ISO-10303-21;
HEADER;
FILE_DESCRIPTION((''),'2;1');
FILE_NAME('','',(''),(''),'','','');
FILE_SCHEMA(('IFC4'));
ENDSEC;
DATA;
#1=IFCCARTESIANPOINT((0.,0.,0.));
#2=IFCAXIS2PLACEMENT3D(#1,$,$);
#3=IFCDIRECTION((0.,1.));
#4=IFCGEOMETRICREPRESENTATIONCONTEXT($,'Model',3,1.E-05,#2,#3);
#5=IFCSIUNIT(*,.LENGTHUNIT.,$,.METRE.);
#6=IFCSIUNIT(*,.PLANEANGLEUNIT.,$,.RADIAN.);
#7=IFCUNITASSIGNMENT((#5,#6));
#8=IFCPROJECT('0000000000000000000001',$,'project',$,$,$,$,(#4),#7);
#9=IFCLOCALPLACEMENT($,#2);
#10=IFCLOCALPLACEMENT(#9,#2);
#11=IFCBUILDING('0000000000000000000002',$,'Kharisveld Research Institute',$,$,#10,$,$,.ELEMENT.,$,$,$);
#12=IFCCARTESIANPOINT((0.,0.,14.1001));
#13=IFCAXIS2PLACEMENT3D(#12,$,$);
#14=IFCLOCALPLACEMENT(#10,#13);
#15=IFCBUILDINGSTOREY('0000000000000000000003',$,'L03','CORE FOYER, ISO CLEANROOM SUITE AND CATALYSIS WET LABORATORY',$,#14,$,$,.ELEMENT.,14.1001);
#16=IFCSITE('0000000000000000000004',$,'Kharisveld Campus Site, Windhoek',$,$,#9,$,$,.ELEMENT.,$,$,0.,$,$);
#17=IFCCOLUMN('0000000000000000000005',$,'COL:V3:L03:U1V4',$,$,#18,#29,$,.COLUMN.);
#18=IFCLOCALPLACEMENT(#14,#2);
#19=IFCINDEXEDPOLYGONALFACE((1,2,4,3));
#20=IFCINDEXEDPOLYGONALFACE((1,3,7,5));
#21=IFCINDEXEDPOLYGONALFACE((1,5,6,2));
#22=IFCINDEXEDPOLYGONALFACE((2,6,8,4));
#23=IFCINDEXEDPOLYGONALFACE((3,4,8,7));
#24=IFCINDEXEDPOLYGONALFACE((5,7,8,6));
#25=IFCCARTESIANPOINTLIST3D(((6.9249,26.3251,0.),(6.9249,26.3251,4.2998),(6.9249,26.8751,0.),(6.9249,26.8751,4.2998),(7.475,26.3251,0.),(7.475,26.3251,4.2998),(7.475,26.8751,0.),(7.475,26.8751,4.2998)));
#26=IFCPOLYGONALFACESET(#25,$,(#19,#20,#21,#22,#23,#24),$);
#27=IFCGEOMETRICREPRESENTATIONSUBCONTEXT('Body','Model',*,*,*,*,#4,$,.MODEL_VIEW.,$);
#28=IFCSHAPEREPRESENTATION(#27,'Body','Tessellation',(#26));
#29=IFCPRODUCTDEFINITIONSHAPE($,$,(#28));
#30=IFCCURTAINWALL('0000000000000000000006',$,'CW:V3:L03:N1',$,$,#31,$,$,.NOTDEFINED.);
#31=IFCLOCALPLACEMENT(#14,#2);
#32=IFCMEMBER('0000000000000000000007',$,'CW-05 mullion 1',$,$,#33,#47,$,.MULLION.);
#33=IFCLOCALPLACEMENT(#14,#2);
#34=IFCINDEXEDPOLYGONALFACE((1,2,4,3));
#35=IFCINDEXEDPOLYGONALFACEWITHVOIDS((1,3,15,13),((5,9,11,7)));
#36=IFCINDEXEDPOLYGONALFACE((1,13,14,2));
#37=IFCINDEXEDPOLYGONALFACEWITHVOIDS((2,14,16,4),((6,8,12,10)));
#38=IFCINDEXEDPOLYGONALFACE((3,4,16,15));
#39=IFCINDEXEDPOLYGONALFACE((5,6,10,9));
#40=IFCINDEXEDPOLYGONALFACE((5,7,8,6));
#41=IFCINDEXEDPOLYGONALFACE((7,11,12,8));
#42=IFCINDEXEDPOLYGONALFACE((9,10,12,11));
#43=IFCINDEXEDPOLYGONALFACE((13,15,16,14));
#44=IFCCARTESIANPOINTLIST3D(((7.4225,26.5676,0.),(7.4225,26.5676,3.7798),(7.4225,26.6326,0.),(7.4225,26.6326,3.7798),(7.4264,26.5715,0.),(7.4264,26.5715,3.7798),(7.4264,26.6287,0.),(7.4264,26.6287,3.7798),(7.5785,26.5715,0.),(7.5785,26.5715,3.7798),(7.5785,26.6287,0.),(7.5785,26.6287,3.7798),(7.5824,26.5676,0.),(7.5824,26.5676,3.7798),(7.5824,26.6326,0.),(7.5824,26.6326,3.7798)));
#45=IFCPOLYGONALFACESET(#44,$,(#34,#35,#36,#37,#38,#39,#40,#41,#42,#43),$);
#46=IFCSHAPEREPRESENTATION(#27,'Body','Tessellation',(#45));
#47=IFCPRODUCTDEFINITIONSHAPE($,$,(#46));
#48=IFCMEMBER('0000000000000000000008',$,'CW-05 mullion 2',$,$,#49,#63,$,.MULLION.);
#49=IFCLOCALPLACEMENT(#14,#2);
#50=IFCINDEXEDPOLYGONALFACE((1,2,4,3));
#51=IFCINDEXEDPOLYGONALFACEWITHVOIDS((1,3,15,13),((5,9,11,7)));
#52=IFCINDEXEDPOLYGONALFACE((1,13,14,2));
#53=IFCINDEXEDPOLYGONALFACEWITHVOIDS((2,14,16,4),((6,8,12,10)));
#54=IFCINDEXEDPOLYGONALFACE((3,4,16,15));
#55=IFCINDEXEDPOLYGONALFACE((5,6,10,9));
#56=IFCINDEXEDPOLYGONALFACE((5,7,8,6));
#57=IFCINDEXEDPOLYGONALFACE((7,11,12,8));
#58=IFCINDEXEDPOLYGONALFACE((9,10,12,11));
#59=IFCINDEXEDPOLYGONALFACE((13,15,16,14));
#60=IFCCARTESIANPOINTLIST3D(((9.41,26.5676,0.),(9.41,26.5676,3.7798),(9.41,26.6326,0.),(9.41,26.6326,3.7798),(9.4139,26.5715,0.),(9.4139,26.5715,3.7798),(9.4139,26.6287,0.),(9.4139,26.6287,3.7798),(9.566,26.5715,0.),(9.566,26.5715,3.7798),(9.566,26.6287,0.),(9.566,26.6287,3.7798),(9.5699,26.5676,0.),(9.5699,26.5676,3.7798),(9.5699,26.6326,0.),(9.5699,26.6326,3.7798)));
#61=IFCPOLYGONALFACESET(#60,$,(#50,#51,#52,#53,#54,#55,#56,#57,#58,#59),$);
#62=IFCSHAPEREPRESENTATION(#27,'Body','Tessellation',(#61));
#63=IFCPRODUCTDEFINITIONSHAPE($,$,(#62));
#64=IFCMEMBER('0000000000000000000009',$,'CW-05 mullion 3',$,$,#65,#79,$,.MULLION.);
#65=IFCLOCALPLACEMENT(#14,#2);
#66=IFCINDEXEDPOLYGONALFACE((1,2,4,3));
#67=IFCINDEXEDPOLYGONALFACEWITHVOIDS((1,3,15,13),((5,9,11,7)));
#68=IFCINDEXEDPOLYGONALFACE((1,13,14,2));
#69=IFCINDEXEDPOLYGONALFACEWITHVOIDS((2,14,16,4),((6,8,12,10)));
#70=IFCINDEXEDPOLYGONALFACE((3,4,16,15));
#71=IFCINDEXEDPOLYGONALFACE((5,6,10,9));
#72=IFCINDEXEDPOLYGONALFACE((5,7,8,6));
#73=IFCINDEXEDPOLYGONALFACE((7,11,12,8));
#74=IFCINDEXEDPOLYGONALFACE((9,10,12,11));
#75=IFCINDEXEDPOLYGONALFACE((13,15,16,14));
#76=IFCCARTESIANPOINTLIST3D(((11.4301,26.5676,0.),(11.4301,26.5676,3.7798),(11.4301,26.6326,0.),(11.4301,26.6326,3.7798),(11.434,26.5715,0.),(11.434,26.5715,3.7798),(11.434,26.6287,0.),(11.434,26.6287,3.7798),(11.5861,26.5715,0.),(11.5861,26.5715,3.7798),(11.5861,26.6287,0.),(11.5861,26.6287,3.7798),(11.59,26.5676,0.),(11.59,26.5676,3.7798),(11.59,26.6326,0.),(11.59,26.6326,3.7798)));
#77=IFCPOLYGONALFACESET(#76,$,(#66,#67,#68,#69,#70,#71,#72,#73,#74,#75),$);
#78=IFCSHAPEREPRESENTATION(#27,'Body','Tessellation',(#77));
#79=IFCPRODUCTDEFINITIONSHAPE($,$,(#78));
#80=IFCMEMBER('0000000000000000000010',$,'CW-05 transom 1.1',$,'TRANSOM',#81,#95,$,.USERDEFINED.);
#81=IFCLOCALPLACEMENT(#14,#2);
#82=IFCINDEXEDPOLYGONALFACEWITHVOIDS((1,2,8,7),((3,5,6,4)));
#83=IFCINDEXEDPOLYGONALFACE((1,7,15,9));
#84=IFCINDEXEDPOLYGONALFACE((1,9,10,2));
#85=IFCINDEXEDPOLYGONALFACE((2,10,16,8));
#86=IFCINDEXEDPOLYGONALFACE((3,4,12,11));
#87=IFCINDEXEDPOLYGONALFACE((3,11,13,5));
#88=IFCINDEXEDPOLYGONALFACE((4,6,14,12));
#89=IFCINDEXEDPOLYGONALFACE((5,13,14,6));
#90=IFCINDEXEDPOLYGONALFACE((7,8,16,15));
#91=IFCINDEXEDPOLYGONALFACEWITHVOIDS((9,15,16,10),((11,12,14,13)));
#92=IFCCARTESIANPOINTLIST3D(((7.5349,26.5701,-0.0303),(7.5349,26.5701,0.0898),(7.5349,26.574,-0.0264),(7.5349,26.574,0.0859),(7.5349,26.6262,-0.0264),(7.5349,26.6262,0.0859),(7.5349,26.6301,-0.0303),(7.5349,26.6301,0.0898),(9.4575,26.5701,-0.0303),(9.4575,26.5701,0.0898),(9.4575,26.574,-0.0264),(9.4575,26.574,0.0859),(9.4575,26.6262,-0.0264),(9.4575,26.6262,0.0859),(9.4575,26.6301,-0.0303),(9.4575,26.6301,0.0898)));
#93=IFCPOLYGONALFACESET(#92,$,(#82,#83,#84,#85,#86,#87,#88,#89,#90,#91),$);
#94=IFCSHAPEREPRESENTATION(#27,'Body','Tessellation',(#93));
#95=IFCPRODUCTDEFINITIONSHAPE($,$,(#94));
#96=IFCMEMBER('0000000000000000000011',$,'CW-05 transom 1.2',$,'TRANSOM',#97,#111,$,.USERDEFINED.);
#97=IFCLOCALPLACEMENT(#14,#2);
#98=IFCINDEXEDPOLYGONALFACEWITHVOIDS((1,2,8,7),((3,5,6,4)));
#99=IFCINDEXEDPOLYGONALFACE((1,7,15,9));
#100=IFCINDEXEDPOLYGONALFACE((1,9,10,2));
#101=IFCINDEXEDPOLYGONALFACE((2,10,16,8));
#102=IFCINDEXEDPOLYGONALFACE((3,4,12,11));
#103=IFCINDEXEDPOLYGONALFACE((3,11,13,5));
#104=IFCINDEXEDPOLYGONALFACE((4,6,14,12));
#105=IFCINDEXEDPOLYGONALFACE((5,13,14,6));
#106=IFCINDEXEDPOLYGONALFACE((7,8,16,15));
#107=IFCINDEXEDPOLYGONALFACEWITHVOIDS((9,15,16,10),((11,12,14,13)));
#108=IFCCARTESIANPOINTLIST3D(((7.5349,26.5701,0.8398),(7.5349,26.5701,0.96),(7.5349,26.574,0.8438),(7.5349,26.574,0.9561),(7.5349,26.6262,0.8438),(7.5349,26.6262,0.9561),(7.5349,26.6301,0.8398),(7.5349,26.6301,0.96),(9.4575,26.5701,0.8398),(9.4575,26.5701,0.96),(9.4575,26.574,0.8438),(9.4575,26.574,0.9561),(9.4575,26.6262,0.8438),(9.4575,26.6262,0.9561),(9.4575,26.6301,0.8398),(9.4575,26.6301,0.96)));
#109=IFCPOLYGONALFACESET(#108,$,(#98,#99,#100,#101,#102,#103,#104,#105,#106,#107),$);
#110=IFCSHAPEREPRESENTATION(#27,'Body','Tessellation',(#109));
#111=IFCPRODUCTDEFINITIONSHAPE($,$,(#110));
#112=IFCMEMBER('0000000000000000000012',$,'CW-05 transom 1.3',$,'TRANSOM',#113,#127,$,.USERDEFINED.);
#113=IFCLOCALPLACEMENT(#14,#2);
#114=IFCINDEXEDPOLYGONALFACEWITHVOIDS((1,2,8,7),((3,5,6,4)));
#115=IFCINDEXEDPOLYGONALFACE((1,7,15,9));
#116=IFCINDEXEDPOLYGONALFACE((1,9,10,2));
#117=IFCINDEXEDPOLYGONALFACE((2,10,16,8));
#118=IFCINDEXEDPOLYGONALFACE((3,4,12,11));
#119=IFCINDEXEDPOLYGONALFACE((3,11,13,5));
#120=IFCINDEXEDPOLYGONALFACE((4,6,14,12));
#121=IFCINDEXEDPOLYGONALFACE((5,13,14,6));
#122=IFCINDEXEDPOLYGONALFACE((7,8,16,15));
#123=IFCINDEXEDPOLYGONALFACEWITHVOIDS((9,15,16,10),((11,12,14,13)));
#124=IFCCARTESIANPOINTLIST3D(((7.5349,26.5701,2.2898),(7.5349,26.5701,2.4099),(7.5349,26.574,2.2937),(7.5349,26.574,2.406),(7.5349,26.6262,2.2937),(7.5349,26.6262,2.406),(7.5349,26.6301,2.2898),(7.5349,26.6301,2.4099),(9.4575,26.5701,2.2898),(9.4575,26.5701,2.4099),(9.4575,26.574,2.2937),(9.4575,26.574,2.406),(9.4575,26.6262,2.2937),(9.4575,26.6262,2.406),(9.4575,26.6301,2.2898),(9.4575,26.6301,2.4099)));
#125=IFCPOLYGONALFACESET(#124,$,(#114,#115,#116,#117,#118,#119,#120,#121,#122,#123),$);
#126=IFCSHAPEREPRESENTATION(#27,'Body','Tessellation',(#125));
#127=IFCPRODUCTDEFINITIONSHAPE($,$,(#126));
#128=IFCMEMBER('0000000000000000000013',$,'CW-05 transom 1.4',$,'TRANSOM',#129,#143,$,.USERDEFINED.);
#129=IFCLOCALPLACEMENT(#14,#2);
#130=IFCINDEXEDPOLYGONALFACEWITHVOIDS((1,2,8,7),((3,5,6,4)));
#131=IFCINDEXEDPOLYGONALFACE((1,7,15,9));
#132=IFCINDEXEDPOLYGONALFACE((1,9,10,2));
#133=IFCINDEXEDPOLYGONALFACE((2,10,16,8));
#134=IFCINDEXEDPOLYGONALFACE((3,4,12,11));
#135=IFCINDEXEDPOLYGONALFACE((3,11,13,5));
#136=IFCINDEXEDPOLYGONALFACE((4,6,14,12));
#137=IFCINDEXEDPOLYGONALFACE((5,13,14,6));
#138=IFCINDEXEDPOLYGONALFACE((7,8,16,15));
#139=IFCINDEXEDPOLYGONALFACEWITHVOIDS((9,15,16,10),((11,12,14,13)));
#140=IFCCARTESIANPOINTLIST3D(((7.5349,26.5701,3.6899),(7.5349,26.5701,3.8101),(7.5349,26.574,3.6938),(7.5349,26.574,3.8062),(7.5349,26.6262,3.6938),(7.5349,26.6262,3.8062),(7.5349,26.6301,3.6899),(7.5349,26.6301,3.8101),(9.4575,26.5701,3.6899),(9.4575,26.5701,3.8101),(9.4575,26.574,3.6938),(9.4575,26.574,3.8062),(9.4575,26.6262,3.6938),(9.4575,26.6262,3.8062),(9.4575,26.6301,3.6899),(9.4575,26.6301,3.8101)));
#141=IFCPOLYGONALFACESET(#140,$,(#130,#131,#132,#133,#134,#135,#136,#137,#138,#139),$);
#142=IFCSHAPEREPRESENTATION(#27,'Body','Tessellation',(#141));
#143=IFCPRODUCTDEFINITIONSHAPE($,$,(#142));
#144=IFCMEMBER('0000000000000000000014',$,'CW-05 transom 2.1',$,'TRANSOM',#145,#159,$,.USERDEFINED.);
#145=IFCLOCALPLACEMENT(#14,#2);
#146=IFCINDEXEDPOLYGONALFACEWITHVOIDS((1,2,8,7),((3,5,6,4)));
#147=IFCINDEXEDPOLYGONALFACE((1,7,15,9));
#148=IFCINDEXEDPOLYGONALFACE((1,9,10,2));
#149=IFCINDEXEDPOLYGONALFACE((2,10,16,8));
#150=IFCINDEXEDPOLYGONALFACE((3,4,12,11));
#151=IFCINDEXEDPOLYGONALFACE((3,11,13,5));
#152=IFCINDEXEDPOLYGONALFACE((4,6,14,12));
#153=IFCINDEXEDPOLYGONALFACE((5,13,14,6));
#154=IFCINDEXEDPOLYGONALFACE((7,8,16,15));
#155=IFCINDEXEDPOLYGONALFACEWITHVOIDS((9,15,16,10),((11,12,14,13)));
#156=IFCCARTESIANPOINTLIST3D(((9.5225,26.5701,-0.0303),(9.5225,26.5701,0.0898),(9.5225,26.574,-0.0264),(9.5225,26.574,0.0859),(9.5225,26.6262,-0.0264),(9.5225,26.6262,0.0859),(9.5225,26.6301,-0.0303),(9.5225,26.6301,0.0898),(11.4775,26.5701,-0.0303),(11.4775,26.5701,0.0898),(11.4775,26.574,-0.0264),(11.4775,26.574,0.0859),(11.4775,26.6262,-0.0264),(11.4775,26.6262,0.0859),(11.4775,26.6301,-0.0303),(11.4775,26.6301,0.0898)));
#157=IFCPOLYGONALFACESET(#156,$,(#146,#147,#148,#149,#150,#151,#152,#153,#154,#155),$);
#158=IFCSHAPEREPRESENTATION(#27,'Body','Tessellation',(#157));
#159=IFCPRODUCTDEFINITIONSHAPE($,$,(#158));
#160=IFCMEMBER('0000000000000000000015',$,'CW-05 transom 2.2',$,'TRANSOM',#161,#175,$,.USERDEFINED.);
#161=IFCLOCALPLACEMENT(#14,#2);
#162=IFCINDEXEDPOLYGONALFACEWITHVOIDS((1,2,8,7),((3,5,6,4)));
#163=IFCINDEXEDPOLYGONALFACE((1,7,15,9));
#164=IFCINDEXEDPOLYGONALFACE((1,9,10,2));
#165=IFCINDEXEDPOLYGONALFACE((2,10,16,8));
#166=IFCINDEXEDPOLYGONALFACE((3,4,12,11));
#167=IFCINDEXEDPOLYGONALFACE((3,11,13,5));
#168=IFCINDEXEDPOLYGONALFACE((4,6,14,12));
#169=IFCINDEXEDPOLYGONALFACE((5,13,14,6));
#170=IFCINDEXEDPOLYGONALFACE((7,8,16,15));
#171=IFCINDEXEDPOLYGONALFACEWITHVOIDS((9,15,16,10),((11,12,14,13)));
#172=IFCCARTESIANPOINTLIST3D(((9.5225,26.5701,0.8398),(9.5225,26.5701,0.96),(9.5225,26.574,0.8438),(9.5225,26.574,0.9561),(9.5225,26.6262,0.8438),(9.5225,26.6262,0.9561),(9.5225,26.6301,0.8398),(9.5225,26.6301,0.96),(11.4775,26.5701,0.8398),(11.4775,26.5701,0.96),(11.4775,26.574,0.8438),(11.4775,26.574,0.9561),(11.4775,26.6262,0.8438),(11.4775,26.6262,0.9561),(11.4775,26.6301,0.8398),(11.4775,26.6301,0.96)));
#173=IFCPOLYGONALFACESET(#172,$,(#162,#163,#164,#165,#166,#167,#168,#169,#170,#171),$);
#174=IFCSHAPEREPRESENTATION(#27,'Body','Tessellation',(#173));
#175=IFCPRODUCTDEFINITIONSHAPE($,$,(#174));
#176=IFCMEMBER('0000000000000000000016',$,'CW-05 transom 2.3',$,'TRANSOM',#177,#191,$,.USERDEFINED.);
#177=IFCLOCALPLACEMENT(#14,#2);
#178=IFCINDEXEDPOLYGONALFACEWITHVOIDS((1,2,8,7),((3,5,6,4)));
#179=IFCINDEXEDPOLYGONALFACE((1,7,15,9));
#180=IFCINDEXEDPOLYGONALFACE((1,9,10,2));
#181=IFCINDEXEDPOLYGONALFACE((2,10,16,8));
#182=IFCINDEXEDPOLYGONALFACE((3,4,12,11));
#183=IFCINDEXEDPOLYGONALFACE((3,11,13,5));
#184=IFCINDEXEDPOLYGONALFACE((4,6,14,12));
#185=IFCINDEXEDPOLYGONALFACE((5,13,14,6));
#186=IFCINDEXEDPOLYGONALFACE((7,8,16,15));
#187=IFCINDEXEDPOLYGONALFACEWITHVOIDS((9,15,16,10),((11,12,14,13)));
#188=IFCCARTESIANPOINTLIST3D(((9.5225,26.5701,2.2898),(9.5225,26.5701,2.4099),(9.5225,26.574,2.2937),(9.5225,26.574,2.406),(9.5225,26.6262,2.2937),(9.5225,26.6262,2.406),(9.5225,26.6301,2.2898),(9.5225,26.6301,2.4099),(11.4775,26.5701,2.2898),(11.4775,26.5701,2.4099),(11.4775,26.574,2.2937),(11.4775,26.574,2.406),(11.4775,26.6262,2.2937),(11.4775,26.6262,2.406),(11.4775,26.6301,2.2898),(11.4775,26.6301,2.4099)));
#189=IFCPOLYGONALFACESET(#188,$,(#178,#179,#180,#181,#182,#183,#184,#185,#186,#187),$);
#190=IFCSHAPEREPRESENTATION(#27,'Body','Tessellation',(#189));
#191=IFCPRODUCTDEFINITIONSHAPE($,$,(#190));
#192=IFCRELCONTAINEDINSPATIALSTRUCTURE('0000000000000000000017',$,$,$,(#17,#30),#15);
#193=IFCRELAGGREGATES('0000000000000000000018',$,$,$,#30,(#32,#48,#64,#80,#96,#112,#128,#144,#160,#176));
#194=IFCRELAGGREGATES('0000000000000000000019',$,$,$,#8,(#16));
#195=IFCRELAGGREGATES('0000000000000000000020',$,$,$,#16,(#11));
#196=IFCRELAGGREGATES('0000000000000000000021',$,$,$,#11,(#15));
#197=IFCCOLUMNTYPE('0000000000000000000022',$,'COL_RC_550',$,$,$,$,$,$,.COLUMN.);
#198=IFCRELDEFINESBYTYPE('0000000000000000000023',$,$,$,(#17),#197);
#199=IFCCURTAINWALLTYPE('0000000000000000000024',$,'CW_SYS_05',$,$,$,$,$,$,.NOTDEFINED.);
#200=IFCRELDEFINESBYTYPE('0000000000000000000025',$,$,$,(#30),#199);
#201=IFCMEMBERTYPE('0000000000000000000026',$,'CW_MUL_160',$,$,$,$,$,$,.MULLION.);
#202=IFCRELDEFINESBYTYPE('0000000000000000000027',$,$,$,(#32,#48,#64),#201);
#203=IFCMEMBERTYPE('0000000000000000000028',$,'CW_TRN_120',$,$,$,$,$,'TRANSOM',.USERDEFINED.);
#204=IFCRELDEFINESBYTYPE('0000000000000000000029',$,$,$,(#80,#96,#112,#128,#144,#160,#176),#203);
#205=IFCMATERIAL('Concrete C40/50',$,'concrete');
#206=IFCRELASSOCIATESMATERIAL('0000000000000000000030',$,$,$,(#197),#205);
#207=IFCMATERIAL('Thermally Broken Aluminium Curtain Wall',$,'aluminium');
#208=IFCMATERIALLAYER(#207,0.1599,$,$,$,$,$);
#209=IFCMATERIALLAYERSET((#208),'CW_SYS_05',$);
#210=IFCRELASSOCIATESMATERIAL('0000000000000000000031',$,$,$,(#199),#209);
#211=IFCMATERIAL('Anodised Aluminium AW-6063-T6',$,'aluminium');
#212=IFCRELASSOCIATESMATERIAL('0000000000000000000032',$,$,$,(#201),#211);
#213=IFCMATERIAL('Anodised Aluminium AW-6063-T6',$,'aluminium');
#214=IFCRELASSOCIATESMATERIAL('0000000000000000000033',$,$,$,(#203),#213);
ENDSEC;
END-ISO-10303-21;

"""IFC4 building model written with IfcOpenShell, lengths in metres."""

from ifc_helpers import new_model, si_unit, direction, frame, origin, origin_2d, place, context, subcontext, project, spatial, rectangle, hollow_rectangle, extrude, material, layer, layer_set, material_profile, profile_set, type_object, element, aggregate, save


model = new_model("IFC4")

# Units and contexts
model_context = context("Model", 3, precision=1e-05, world=origin(), true_north=direction((0.0, 1.0)))
body_context = subcontext(model_context, "Body", "Model", "MODEL_VIEW")
ifc_project = project(units=[si_unit("LENGTHUNIT", "METRE"), si_unit("PLANEANGLEUNIT", "RADIAN")], contexts=[model_context])

# Site, building, storey
site_placement = place(None, origin())
site = spatial("IfcSite", under=ifc_project, at=site_placement, Name="Kharisveld Campus Site, Windhoek", CompositionType="ELEMENT", RefElevation=0.0)
building_placement = place(site_placement, origin())
building = spatial("IfcBuilding", under=site, at=building_placement, Name="Kharisveld Research Institute", CompositionType="ELEMENT")
storey_placement = place(building_placement, frame((0.0, 0.0, 14.1001)))
storey = spatial("IfcBuildingStorey", under=building, at=storey_placement, Name="L03", Description="CORE FOYER, ISO CLEANROOM SUITE AND CATALYSIS WET LABORATORY", CompositionType="ELEMENT", Elevation=14.1001)

# Column
ifc_material_1 = material(Name="Concrete C40/50", Category="concrete")
ifc_material_profile_1 = material_profile(ifc_material_1, rectangle(XDim=0.55, YDim=0.55, at=origin_2d()))
ifc_profile_set_1 = profile_set([ifc_material_profile_1], Name="Concrete C40/50")
column_type = type_object("IfcColumnType", Name="COL_RC_550", PredefinedType="COLUMN", material=ifc_profile_set_1)
column_placement = place(storey_placement, frame((7.2, 26.6001, 0.0), z_axis=(0.0, 0.0, 1.0), x_axis=(1.0, 0.0, 0.0)))
element("IfcColumn", 1, at=column_placement, inside=storey, type_object=column_type, Name="COL:V3:L03:U1V4", PredefinedType="COLUMN", context=body_context, shape_type="SweptSolid", body=[
    extrude(rectangle(XDim=0.55, YDim=0.55, at=origin_2d()), origin(), (0.0, 0.0, 1.0), 4.2998),
])

# Curtain wall, members
ifc_material_2 = material(Name="Thermally Broken Aluminium Curtain Wall", Category="aluminium")
ifc_layer_1 = layer(ifc_material_2, 0.1599)
ifc_layer_set_1 = layer_set([ifc_layer_1], Name="CW_SYS_05")
curtain_wall_type = type_object("IfcCurtainWallType", Name="CW_SYS_05", PredefinedType="NOTDEFINED", material=ifc_layer_set_1)
curtain_wall_placement = place(storey_placement, origin())
curtain_wall = element("IfcCurtainWall", 2, at=curtain_wall_placement, inside=storey, type_object=curtain_wall_type, Name="CW:V3:L03:N1", PredefinedType="NOTDEFINED")
ifc_material_3 = material(Name="Anodised Aluminium AW-6063-T6", Category="aluminium")
ifc_material_profile_2 = material_profile(ifc_material_3, hollow_rectangle(XDim=0.0649, YDim=0.1599, WallThickness=0.0039, at=origin_2d()))
ifc_profile_set_2 = profile_set([ifc_material_profile_2], Name="Anodised Aluminium AW-6063-T6")
member_type_1 = type_object("IfcMemberType", Name="CW_MUL_160", PredefinedType="MULLION", material=ifc_profile_set_2)
member_1_placement = place(storey_placement, frame((7.5024, 26.6001, 0.0), z_axis=(0.0, 0.0, 1.0), x_axis=(0.0, 1.0, 0.0)))
member_1 = element("IfcMember", 3, at=member_1_placement, type_object=member_type_1, Name="CW-05 mullion 1", PredefinedType="MULLION", context=body_context, shape_type="SweptSolid", body=[
    extrude(hollow_rectangle(XDim=0.0649, YDim=0.1599, WallThickness=0.0039, at=origin_2d()), origin(), (0.0, 0.0, 1.0), 3.7798),
])
member_2_placement = place(storey_placement, frame((9.49, 26.6001, 0.0), z_axis=(0.0, 0.0, 1.0), x_axis=(0.0, 1.0, 0.0)))
member_2 = element("IfcMember", 4, at=member_2_placement, type_object=member_type_1, Name="CW-05 mullion 2", PredefinedType="MULLION", context=body_context, shape_type="SweptSolid", body=[
    extrude(hollow_rectangle(XDim=0.0649, YDim=0.1599, WallThickness=0.0039, at=origin_2d()), origin(), (0.0, 0.0, 1.0), 3.7798),
])
member_3_placement = place(storey_placement, frame((11.51, 26.6001, 0.0), z_axis=(0.0, 0.0, 1.0), x_axis=(0.0, 1.0, 0.0)))
member_3 = element("IfcMember", 5, at=member_3_placement, type_object=member_type_1, Name="CW-05 mullion 3", PredefinedType="MULLION", context=body_context, shape_type="SweptSolid", body=[
    extrude(hollow_rectangle(XDim=0.0649, YDim=0.1599, WallThickness=0.0039, at=origin_2d()), origin(), (0.0, 0.0, 1.0), 3.7798),
])
ifc_material_4 = material(Name="Anodised Aluminium AW-6063-T6", Category="aluminium")
ifc_material_profile_3 = material_profile(ifc_material_4, hollow_rectangle(XDim=0.0601, YDim=0.1201, WallThickness=0.0039, at=origin_2d()))
ifc_profile_set_3 = profile_set([ifc_material_profile_3], Name="Anodised Aluminium AW-6063-T6")
member_type_2 = type_object("IfcMemberType", Name="CW_TRN_120", ElementType="TRANSOM", PredefinedType="USERDEFINED", material=ifc_profile_set_3)
member_4_placement = place(storey_placement, frame((7.5349, 26.6001, 0.0298), z_axis=(1.0, 0.0, 0.0), x_axis=(0.0, 1.0, 0.0)))
member_4 = element("IfcMember", 6, at=member_4_placement, type_object=member_type_2, Name="CW-05 transom 1.1", ObjectType="TRANSOM", PredefinedType="USERDEFINED", context=body_context, shape_type="SweptSolid", body=[
    extrude(hollow_rectangle(XDim=0.0601, YDim=0.1201, WallThickness=0.0039, at=origin_2d()), origin(), (0.0, 0.0, 1.0), 1.9226),
])
member_5_placement = place(storey_placement, frame((7.5349, 26.6001, 0.8999), z_axis=(1.0, 0.0, 0.0), x_axis=(0.0, 1.0, 0.0)))
member_5 = element("IfcMember", 7, at=member_5_placement, type_object=member_type_2, Name="CW-05 transom 1.2", ObjectType="TRANSOM", PredefinedType="USERDEFINED", context=body_context, shape_type="SweptSolid", body=[
    extrude(hollow_rectangle(XDim=0.0601, YDim=0.1201, WallThickness=0.0039, at=origin_2d()), origin(), (0.0, 0.0, 1.0), 1.9226),
])
member_6_placement = place(storey_placement, frame((7.5349, 26.6001, 2.3499), z_axis=(1.0, 0.0, 0.0), x_axis=(0.0, 1.0, 0.0)))
member_6 = element("IfcMember", 8, at=member_6_placement, type_object=member_type_2, Name="CW-05 transom 1.3", ObjectType="TRANSOM", PredefinedType="USERDEFINED", context=body_context, shape_type="SweptSolid", body=[
    extrude(hollow_rectangle(XDim=0.0601, YDim=0.1201, WallThickness=0.0039, at=origin_2d()), origin(), (0.0, 0.0, 1.0), 1.9226),
])
member_7_placement = place(storey_placement, frame((7.5349, 26.6001, 3.75), z_axis=(1.0, 0.0, 0.0), x_axis=(0.0, 1.0, 0.0)))
member_7 = element("IfcMember", 9, at=member_7_placement, type_object=member_type_2, Name="CW-05 transom 1.4", ObjectType="TRANSOM", PredefinedType="USERDEFINED", context=body_context, shape_type="SweptSolid", body=[
    extrude(hollow_rectangle(XDim=0.0601, YDim=0.1201, WallThickness=0.0039, at=origin_2d()), origin(), (0.0, 0.0, 1.0), 1.9226),
])
member_8_placement = place(storey_placement, frame((9.5225, 26.6001, 0.0298), z_axis=(1.0, 0.0, 0.0), x_axis=(0.0, 1.0, 0.0)))
member_8 = element("IfcMember", 10, at=member_8_placement, type_object=member_type_2, Name="CW-05 transom 2.1", ObjectType="TRANSOM", PredefinedType="USERDEFINED", context=body_context, shape_type="SweptSolid", body=[
    extrude(hollow_rectangle(XDim=0.0601, YDim=0.1201, WallThickness=0.0039, at=origin_2d()), origin(), (0.0, 0.0, 1.0), 1.9551),
])
member_9_placement = place(storey_placement, frame((9.5225, 26.6001, 0.8999), z_axis=(1.0, 0.0, 0.0), x_axis=(0.0, 1.0, 0.0)))
member_9 = element("IfcMember", 11, at=member_9_placement, type_object=member_type_2, Name="CW-05 transom 2.2", ObjectType="TRANSOM", PredefinedType="USERDEFINED", context=body_context, shape_type="SweptSolid", body=[
    extrude(hollow_rectangle(XDim=0.0601, YDim=0.1201, WallThickness=0.0039, at=origin_2d()), origin(), (0.0, 0.0, 1.0), 1.9551),
])
member_10_placement = place(storey_placement, frame((9.5225, 26.6001, 2.3499), z_axis=(1.0, 0.0, 0.0), x_axis=(0.0, 1.0, 0.0)))
member_10 = element("IfcMember", 12, at=member_10_placement, type_object=member_type_2, Name="CW-05 transom 2.3", ObjectType="TRANSOM", PredefinedType="USERDEFINED", context=body_context, shape_type="SweptSolid", body=[
    extrude(hollow_rectangle(XDim=0.0601, YDim=0.1201, WallThickness=0.0039, at=origin_2d()), origin(), (0.0, 0.0, 1.0), 1.9551),
])

aggregate(curtain_wall, [member_1, member_2, member_3, member_4, member_5, member_6, member_7, member_8, member_9, member_10])

save(model, "model.ifc")
